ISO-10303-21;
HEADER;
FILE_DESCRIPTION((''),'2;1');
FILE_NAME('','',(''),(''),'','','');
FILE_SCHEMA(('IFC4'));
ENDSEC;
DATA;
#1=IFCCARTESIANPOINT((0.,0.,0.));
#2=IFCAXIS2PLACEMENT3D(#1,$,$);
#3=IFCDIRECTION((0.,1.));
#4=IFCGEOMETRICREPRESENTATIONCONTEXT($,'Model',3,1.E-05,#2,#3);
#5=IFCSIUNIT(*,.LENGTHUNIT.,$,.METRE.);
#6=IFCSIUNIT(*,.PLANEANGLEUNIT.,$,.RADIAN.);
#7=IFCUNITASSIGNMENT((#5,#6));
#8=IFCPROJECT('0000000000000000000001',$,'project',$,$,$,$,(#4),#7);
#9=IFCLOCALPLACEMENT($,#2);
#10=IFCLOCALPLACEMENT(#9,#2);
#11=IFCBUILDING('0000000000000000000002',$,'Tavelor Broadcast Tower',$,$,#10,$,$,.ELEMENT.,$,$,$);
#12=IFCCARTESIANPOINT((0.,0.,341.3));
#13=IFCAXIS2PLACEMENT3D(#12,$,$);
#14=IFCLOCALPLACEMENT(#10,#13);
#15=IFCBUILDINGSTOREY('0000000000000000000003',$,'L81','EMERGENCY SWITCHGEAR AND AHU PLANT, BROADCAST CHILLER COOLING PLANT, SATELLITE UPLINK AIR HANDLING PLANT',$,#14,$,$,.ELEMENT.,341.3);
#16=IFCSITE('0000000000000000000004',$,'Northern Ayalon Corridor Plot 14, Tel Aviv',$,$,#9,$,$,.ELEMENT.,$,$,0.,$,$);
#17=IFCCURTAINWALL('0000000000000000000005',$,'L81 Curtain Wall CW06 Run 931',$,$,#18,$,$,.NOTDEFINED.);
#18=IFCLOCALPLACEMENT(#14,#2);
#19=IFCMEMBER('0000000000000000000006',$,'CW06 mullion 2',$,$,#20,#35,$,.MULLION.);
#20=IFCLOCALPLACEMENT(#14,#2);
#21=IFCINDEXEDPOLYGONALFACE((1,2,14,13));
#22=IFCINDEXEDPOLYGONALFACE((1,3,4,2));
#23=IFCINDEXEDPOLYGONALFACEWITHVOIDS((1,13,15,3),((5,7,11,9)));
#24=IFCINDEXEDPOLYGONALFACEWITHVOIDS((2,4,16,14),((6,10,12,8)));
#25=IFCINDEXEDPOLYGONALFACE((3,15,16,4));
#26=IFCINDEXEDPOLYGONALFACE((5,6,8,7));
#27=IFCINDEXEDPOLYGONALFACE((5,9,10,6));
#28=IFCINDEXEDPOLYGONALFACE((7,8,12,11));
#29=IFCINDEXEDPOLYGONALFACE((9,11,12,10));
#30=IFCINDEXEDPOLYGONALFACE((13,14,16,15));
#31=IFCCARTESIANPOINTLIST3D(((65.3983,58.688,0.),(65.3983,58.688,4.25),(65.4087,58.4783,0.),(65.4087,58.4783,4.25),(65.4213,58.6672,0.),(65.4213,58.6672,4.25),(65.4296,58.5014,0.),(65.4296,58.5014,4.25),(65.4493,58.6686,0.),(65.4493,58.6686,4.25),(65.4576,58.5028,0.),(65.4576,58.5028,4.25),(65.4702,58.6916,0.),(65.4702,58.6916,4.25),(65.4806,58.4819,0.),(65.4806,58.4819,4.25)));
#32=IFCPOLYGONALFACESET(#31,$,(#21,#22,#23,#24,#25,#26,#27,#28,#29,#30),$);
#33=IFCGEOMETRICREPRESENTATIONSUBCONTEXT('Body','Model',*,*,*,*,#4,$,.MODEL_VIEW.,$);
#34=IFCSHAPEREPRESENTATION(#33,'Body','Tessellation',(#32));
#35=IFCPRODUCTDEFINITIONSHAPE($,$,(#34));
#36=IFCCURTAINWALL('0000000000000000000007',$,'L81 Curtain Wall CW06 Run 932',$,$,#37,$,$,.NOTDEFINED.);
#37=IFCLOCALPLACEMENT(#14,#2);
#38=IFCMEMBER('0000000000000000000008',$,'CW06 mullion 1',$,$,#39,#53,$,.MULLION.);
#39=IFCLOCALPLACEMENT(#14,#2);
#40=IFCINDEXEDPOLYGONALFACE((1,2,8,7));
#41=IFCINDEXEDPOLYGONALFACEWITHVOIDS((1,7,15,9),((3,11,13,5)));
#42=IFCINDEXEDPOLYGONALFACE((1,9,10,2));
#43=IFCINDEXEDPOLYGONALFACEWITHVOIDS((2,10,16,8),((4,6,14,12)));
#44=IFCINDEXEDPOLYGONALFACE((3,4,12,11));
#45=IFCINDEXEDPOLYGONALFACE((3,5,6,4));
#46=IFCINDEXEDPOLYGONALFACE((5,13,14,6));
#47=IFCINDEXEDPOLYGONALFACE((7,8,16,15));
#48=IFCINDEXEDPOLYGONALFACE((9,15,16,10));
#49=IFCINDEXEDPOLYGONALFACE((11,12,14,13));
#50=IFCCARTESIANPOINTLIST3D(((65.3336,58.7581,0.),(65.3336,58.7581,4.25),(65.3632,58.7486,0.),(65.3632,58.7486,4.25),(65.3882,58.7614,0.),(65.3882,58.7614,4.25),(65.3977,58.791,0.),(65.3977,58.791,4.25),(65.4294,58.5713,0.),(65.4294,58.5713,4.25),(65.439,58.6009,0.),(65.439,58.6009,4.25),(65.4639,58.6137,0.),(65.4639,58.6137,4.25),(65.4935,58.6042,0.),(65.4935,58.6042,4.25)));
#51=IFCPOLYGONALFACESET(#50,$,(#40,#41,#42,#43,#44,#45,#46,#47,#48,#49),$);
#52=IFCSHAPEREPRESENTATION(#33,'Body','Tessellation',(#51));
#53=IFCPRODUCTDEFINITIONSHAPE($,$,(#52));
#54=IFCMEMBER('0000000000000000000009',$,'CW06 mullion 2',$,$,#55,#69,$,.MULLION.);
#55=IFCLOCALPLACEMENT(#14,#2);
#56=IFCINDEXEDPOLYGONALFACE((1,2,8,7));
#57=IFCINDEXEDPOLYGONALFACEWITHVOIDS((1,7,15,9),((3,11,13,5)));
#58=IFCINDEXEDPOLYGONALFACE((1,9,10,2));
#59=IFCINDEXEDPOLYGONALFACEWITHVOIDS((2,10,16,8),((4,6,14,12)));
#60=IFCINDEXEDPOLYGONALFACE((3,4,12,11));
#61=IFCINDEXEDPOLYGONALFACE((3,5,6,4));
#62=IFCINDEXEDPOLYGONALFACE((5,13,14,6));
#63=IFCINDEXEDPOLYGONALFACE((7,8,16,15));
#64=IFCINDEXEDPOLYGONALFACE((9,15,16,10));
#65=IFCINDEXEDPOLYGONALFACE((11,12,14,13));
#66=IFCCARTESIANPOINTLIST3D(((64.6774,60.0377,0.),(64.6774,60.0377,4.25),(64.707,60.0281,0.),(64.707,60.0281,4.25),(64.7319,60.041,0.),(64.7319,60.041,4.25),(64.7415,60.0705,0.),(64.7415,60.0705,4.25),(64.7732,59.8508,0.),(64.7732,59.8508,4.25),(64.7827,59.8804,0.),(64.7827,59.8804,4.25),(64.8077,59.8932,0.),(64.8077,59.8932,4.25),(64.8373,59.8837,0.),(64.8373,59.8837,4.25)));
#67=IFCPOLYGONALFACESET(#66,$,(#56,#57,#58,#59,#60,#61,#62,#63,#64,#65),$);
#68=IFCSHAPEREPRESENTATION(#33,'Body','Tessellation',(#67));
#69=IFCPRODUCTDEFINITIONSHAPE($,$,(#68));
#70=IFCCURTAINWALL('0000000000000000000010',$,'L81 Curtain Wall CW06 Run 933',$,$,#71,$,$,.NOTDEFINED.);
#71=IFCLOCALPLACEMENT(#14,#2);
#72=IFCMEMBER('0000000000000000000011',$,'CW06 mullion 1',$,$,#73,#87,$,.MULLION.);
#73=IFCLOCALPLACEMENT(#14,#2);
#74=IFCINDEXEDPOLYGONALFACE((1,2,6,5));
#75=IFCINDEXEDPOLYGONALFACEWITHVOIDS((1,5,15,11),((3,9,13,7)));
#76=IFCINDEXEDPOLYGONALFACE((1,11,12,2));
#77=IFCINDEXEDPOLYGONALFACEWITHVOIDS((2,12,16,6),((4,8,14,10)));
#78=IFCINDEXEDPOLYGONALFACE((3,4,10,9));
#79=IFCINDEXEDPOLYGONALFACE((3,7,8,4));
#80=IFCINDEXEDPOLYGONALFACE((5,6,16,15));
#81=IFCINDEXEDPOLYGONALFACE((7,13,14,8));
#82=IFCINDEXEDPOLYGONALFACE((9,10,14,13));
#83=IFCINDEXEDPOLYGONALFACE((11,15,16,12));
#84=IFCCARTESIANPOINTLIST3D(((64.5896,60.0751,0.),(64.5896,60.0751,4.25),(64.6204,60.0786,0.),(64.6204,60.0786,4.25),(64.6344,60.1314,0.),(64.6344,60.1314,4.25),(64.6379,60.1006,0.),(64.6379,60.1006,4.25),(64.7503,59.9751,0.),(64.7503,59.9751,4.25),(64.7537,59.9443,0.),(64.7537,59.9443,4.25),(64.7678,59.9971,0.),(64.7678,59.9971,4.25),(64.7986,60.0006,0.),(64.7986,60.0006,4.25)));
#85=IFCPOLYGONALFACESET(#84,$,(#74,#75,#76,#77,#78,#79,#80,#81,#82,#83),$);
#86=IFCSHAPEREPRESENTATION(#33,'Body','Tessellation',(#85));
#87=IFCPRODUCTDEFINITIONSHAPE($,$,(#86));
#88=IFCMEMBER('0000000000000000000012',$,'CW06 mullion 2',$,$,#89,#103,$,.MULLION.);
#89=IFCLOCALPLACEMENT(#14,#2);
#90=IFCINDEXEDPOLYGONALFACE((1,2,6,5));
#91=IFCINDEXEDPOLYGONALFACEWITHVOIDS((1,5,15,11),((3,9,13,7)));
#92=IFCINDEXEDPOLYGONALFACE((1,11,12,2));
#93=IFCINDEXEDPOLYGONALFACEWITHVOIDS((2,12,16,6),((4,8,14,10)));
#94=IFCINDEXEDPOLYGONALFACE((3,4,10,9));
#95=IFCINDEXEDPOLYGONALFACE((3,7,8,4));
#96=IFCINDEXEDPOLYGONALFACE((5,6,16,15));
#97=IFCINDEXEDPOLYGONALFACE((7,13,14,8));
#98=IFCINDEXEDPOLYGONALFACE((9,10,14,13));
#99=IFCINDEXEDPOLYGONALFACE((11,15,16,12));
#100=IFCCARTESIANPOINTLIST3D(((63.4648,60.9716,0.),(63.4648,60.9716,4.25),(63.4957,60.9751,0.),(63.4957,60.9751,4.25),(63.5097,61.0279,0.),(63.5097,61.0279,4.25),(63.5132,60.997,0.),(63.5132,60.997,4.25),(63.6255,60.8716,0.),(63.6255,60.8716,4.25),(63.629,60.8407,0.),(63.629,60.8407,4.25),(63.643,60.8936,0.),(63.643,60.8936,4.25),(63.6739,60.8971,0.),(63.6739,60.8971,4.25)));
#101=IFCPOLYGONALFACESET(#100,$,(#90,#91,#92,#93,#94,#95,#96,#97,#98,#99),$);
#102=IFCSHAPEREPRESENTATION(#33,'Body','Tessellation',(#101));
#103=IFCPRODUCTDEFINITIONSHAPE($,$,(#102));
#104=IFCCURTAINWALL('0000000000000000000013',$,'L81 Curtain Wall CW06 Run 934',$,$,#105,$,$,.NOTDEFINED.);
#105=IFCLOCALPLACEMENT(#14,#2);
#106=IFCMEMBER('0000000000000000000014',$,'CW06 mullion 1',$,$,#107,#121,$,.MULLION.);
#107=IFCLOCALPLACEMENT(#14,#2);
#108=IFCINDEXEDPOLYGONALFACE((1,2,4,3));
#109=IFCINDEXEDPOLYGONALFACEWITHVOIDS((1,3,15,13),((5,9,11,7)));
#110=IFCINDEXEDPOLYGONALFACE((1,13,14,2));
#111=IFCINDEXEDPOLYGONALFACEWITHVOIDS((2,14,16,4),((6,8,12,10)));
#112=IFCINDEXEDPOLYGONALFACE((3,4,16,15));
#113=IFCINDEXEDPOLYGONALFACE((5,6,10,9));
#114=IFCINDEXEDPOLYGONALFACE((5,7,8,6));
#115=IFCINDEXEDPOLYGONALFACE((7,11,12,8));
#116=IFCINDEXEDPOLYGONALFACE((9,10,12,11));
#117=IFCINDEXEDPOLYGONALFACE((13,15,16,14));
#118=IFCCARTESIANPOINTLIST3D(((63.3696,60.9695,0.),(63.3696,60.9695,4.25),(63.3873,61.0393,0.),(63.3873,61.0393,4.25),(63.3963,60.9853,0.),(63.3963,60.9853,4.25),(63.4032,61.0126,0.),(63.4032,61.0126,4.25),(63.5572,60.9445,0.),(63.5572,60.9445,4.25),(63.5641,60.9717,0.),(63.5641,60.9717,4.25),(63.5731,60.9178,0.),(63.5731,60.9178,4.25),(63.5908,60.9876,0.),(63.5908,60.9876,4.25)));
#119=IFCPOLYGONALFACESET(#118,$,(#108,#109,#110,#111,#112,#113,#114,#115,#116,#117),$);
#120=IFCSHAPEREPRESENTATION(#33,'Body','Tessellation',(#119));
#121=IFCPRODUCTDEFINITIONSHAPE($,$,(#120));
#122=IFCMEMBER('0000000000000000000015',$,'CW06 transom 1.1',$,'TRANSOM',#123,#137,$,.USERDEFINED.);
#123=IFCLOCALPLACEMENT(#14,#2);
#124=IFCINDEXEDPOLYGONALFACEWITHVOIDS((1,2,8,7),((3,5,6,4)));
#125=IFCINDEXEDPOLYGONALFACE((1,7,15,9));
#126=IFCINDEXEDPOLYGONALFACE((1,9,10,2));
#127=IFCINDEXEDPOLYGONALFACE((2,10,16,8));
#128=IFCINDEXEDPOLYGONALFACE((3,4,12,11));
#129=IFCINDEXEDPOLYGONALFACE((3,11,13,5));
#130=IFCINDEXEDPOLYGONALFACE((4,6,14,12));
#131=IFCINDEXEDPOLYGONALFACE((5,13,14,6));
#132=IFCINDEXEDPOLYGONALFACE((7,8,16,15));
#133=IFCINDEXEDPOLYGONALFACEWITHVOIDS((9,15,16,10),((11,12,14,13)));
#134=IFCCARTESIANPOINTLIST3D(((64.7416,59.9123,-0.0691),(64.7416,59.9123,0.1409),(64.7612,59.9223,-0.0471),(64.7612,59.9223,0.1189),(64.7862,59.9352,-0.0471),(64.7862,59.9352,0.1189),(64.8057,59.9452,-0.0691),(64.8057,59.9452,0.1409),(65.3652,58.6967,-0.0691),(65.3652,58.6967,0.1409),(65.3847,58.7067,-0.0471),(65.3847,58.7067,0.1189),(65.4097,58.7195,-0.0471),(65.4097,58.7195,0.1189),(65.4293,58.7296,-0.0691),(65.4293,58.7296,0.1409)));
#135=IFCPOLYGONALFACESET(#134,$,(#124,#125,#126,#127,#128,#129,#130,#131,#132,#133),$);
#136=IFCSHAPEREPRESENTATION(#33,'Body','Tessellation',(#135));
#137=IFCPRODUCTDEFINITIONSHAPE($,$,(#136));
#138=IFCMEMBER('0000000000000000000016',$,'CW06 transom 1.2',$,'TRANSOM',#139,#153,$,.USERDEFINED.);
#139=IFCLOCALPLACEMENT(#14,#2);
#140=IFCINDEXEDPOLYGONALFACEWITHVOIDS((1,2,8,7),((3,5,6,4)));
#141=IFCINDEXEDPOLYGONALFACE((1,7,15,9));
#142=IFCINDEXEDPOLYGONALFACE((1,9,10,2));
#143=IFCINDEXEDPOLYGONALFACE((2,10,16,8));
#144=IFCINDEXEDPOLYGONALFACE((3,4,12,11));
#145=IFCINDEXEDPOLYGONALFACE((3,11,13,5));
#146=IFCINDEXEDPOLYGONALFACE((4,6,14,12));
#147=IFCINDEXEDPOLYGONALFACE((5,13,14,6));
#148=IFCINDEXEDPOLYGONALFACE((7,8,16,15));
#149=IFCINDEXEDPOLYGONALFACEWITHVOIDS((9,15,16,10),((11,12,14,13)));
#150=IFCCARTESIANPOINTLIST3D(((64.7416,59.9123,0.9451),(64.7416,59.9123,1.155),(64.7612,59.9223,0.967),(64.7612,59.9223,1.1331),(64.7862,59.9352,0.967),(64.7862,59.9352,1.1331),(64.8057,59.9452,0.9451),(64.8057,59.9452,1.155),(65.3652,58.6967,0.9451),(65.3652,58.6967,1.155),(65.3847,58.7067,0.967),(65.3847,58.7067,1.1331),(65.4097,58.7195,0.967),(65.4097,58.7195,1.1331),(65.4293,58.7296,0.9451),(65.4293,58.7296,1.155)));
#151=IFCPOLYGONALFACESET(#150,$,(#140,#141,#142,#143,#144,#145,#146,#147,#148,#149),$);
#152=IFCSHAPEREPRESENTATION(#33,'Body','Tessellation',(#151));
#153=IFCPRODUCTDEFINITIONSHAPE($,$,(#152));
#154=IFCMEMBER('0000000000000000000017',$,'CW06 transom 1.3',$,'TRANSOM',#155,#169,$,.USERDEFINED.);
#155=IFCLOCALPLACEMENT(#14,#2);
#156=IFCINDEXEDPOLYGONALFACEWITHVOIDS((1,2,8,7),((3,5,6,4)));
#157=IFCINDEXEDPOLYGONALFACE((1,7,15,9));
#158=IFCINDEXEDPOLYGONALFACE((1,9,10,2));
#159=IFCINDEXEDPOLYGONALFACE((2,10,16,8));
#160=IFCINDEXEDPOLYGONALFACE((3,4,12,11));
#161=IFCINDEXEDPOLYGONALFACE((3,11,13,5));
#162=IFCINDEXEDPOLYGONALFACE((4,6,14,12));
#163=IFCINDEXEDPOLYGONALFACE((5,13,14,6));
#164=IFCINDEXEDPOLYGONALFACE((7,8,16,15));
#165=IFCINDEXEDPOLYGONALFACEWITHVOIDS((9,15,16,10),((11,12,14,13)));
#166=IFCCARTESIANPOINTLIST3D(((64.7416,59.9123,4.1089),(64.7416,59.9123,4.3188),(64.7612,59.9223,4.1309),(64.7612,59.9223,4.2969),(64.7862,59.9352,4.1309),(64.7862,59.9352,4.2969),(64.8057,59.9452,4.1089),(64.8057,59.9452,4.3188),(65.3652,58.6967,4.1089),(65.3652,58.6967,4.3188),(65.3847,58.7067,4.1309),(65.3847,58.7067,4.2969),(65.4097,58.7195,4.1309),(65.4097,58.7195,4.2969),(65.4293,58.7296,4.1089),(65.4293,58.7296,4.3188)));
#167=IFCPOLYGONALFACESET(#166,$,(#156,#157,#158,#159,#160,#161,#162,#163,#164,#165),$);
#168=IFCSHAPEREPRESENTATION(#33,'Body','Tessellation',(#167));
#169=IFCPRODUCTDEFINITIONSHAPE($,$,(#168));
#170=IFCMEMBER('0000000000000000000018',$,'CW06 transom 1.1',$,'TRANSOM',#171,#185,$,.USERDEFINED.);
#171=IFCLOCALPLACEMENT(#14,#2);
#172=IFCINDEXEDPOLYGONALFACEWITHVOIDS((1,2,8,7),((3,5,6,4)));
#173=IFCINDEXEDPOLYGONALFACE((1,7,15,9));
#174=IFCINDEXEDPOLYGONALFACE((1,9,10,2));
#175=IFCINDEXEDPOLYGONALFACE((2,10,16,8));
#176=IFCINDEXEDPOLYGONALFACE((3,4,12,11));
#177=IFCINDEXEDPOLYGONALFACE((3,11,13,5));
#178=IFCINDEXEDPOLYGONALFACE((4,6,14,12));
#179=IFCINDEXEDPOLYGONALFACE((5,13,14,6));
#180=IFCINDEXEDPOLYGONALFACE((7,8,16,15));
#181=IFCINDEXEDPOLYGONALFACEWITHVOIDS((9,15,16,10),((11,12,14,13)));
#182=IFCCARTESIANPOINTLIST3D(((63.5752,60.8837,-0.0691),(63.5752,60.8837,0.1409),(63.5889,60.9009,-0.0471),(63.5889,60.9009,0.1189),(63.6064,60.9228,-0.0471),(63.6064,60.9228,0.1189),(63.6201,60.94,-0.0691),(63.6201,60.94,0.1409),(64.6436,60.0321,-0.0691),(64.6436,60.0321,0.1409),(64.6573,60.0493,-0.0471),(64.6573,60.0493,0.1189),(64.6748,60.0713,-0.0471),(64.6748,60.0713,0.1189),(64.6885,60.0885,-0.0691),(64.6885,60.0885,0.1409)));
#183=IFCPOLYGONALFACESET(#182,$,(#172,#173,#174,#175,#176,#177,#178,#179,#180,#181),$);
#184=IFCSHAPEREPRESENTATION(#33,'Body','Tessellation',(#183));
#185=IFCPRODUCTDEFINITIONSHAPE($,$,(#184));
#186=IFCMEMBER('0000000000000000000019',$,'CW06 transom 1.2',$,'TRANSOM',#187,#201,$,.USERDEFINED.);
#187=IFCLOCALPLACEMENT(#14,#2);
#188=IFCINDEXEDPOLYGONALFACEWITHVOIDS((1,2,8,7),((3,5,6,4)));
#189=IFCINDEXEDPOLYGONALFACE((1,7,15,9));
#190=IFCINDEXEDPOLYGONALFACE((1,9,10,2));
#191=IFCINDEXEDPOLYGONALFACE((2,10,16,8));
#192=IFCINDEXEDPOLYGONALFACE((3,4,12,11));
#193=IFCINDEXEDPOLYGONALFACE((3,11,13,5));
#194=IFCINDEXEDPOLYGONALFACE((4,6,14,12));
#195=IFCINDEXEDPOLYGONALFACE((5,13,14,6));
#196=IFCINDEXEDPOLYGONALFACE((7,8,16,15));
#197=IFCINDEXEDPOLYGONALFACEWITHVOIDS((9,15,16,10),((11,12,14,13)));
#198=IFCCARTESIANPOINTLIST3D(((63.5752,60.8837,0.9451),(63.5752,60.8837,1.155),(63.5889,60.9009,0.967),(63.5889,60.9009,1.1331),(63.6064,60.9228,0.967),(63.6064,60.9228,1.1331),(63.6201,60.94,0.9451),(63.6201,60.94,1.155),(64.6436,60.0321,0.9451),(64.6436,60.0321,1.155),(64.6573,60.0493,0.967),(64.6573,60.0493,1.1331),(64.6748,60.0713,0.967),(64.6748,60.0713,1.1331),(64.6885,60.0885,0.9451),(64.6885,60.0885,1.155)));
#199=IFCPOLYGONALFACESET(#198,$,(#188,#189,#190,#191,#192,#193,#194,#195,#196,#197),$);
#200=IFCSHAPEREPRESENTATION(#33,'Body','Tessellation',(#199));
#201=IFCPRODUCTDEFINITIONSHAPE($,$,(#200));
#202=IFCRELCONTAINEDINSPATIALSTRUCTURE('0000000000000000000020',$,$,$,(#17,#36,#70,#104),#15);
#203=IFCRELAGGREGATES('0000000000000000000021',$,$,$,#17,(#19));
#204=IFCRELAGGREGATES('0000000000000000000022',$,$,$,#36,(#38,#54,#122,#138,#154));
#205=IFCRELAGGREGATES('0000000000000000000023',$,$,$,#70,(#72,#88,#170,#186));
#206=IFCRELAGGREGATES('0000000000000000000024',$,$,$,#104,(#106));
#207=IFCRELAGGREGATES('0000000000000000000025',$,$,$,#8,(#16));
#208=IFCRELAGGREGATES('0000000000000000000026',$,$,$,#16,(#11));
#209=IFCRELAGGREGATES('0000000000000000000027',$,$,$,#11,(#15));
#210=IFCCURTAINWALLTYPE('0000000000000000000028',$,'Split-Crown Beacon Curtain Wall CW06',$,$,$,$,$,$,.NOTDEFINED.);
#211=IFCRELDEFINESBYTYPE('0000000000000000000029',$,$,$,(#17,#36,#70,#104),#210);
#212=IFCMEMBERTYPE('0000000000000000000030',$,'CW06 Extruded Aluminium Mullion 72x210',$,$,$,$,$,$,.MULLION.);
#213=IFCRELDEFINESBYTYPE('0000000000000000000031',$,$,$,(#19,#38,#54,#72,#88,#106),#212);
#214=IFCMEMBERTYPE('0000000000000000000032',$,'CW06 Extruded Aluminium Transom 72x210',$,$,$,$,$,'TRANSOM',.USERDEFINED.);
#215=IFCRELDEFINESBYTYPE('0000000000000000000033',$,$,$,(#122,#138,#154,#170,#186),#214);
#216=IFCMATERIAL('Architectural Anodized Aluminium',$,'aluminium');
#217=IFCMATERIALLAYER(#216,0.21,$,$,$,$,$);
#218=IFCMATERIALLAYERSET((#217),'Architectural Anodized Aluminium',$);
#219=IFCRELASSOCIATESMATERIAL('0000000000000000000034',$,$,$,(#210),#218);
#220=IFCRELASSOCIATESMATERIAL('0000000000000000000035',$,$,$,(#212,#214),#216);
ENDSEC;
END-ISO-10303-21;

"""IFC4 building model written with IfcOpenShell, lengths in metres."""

from ifc_helpers import new_model, si_unit, direction, frame, origin, origin_2d, place, context, subcontext, project, spatial, hollow_rectangle, extrude, source, transform, mapped, material, layer, layer_set, material_profile, profile_set, type_object, type_shapes, element, aggregate, save


model = new_model("IFC4")

# Units and contexts
model_context = context("Model", 3, precision=1e-05, world=origin(), true_north=direction((0.0, 1.0)))
body_context = subcontext(model_context, "Body", "Model", "MODEL_VIEW")
ifc_project = project(units=[si_unit("LENGTHUNIT", "METRE"), si_unit("PLANEANGLEUNIT", "RADIAN")], contexts=[model_context])

# Site, building, storey
site_placement = place(None, origin())
site = spatial("IfcSite", under=ifc_project, at=site_placement, Name="Northern Ayalon Corridor Plot 14, Tel Aviv", CompositionType="ELEMENT", RefElevation=0.0)
building_placement = place(site_placement, origin())
building = spatial("IfcBuilding", under=site, at=building_placement, Name="Tavelor Broadcast Tower", CompositionType="ELEMENT")
storey_placement = place(building_placement, frame((0.0, 0.0, 341.3)))
storey = spatial("IfcBuildingStorey", under=building, at=storey_placement, Name="L81", Description="EMERGENCY SWITCHGEAR AND AHU PLANT, BROADCAST CHILLER COOLING PLANT, SATELLITE UPLINK AIR HANDLING PLANT", CompositionType="ELEMENT", Elevation=341.3)

# Curtain wall, member
ifc_material_1 = material(Name="Architectural Anodized Aluminium", Category="aluminium")
ifc_layer_1 = layer(ifc_material_1, 0.21)
ifc_layer_set_1 = layer_set([ifc_layer_1], Name="Architectural Anodized Aluminium")
curtain_wall_type = type_object("IfcCurtainWallType", Name="Split-Crown Beacon Curtain Wall CW06", PredefinedType="NOTDEFINED", material=ifc_layer_set_1)
curtain_wall_1_placement = place(storey_placement, origin())
curtain_wall_1 = element("IfcCurtainWall", 1, at=curtain_wall_1_placement, inside=storey, type_object=curtain_wall_type, Name="L81 Curtain Wall CW06 Run 931", PredefinedType="NOTDEFINED")
ifc_material_profile_1 = material_profile(ifc_material_1, hollow_rectangle(XDim=0.072, YDim=0.21, WallThickness=0.022, at=origin_2d()), Name="RHS 72x210x22")
ifc_profile_set_1 = profile_set([ifc_material_profile_1], Name="Architectural Anodized Aluminium")
member_type_1 = type_object("IfcMemberType", Name="CW06 Extruded Aluminium Mullion 72x210", PredefinedType="MULLION", material=ifc_profile_set_1)
shared_shape_1 = source(origin(), body_context, "Body", "SweptSolid", [
    extrude(hollow_rectangle(XDim=0.072, YDim=0.21, WallThickness=0.022, at=origin_2d()), origin(), (0.0, 0.0, 1.0), 4.25),
])
type_shapes(member_type_1, [shared_shape_1])
member_1_placement = place(storey_placement, frame((65.4395, 58.585, 0.0), z_axis=(0.0, 0.0, 1.0), x_axis=(-0.998764, -0.0497, 0.0)))
member_1 = element("IfcMember", 2, at=member_1_placement, type_object=member_type_1, Name="CW06 mullion 2", PredefinedType="MULLION", context=body_context, shape_type="MappedRepresentation", body=[
    mapped(shared_shape_1, transform((0.0, 0.0, 0.0), scale=1.0)),
])
aggregate(curtain_wall_1, [member_1])

# Curtain walls, members
curtain_wall_2_placement = place(storey_placement, origin())
curtain_wall_2 = element("IfcCurtainWall", 3, at=curtain_wall_2_placement, inside=storey, type_object=curtain_wall_type, Name="L81 Curtain Wall CW06 Run 932", PredefinedType="NOTDEFINED")
member_2_placement = place(storey_placement, frame((65.4136, 58.6812, 0.0), z_axis=(0.0, 0.0, 1.0), x_axis=(-0.889784, -0.456381, 0.0)))
member_2 = element("IfcMember", 4, at=member_2_placement, type_object=member_type_1, Name="CW06 mullion 1", PredefinedType="MULLION", context=body_context, shape_type="MappedRepresentation", body=[
    mapped(shared_shape_1, transform((0.0, 0.0, 0.0), scale=1.0)),
])
member_3_placement = place(storey_placement, frame((64.7573, 59.9607, 0.0), z_axis=(0.0, 0.0, 1.0), x_axis=(-0.889784, -0.456381, 0.0)))
member_3 = element("IfcMember", 5, at=member_3_placement, type_object=member_type_1, Name="CW06 mullion 2", PredefinedType="MULLION", context=body_context, shape_type="MappedRepresentation", body=[
    mapped(shared_shape_1, transform((0.0, 0.0, 0.0), scale=1.0)),
])
curtain_wall_3_placement = place(storey_placement, origin())
curtain_wall_3 = element("IfcCurtainWall", 6, at=curtain_wall_3_placement, inside=storey, type_object=curtain_wall_type, Name="L81 Curtain Wall CW06 Run 933", PredefinedType="NOTDEFINED")
member_4_placement = place(storey_placement, frame((64.6941, 60.0378, 0.0), z_axis=(0.0, 0.0, 1.0), x_axis=(-0.62324, -0.78203, 0.0)))
member_4 = element("IfcMember", 7, at=member_4_placement, type_object=member_type_1, Name="CW06 mullion 1", PredefinedType="MULLION", context=body_context, shape_type="MappedRepresentation", body=[
    mapped(shared_shape_1, transform((0.0, 0.0, 0.0), scale=1.0)),
])
member_5_placement = place(storey_placement, frame((63.5693, 60.9343, 0.0), z_axis=(0.0, 0.0, 1.0), x_axis=(-0.62324, -0.78203, 0.0)))
member_5 = element("IfcMember", 8, at=member_5_placement, type_object=member_type_1, Name="CW06 mullion 2", PredefinedType="MULLION", context=body_context, shape_type="MappedRepresentation", body=[
    mapped(shared_shape_1, transform((0.0, 0.0, 0.0), scale=1.0)),
])

# Curtain wall, member
curtain_wall_4_placement = place(storey_placement, origin())
curtain_wall_4 = element("IfcCurtainWall", 9, at=curtain_wall_4_placement, inside=storey, type_object=curtain_wall_type, Name="L81 Curtain Wall CW06 Run 934", PredefinedType="NOTDEFINED")
member_6_placement = place(storey_placement, frame((63.4802, 60.9785, 0.0), z_axis=(0.0, 0.0, 1.0), x_axis=(-0.246191, -0.969221, 0.0)))
member_6 = element("IfcMember", 10, at=member_6_placement, type_object=member_type_1, Name="CW06 mullion 1", PredefinedType="MULLION", context=body_context, shape_type="MappedRepresentation", body=[
    mapped(shared_shape_1, transform((0.0, 0.0, 0.0), scale=1.0)),
])

# Members
ifc_material_profile_2 = material_profile(ifc_material_1, hollow_rectangle(XDim=0.072, YDim=0.21, WallThickness=0.022, at=origin_2d()), Name="RHS 72x210x22")
ifc_profile_set_2 = profile_set([ifc_material_profile_2], Name="Architectural Anodized Aluminium")
member_type_2 = type_object("IfcMemberType", Name="CW06 Extruded Aluminium Transom 72x210", ElementType="TRANSOM", PredefinedType="USERDEFINED", material=ifc_profile_set_2)
shared_shape_2 = source(origin(), body_context, "Body", "SweptSolid", [
    extrude(hollow_rectangle(XDim=0.072, YDim=0.21, WallThickness=0.022, at=origin_2d()), origin(), (0.0, 0.0, 1.0), 1.3662),
])
member_7_placement = place(storey_placement, frame((65.3972, 58.7131, 0.0359), z_axis=(-0.456411, 0.889769, 0.0), x_axis=(-0.889769, -0.456411, 0.0)))
member_7 = element("IfcMember", 11, at=member_7_placement, type_object=member_type_2, Name="CW06 transom 1.1", ObjectType="TRANSOM", PredefinedType="USERDEFINED", context=body_context, shape_type="MappedRepresentation", body=[
    mapped(shared_shape_2, transform((0.0, 0.0, 0.0), scale=1.0)),
])
member_8_placement = place(storey_placement, frame((65.3972, 58.7131, 1.05), z_axis=(-0.456411, 0.889769, 0.0), x_axis=(-0.889769, -0.456411, 0.0)))
member_8 = element("IfcMember", 12, at=member_8_placement, type_object=member_type_2, Name="CW06 transom 1.2", ObjectType="TRANSOM", PredefinedType="USERDEFINED", context=body_context, shape_type="MappedRepresentation", body=[
    mapped(shared_shape_2, transform((0.0, 0.0, 0.0), scale=1.0)),
])
member_9_placement = place(storey_placement, frame((65.3972, 58.7131, 4.2139), z_axis=(-0.456411, 0.889769, 0.0), x_axis=(-0.889769, -0.456411, 0.0)))
member_9 = element("IfcMember", 13, at=member_9_placement, type_object=member_type_2, Name="CW06 transom 1.3", ObjectType="TRANSOM", PredefinedType="USERDEFINED", context=body_context, shape_type="MappedRepresentation", body=[
    mapped(shared_shape_2, transform((0.0, 0.0, 0.0), scale=1.0)),
])
member_10_placement = place(storey_placement, frame((64.666, 60.0603, 0.0359), z_axis=(-0.781983, 0.623299, 0.0), x_axis=(-0.623299, -0.781983, 0.0)))
member_10 = element("IfcMember", 14, at=member_10_placement, type_object=member_type_2, Name="CW06 transom 1.1", ObjectType="TRANSOM", PredefinedType="USERDEFINED", context=body_context, shape_type="MappedRepresentation", body=[
    mapped(shared_shape_2, transform((0.0, 0.0, 0.0), scale=1.0)),
])
member_11_placement = place(storey_placement, frame((64.666, 60.0603, 1.05), z_axis=(-0.781983, 0.623299, 0.0), x_axis=(-0.623299, -0.781983, 0.0)))
member_11 = element("IfcMember", 15, at=member_11_placement, type_object=member_type_2, Name="CW06 transom 1.2", ObjectType="TRANSOM", PredefinedType="USERDEFINED", context=body_context, shape_type="MappedRepresentation", body=[
    mapped(shared_shape_2, transform((0.0, 0.0, 0.0), scale=1.0)),
])

aggregate(curtain_wall_2, [member_2, member_3, member_7, member_8, member_9])
aggregate(curtain_wall_3, [member_4, member_5, member_10, member_11])
aggregate(curtain_wall_4, [member_6])

save(model, "model.ifc")
